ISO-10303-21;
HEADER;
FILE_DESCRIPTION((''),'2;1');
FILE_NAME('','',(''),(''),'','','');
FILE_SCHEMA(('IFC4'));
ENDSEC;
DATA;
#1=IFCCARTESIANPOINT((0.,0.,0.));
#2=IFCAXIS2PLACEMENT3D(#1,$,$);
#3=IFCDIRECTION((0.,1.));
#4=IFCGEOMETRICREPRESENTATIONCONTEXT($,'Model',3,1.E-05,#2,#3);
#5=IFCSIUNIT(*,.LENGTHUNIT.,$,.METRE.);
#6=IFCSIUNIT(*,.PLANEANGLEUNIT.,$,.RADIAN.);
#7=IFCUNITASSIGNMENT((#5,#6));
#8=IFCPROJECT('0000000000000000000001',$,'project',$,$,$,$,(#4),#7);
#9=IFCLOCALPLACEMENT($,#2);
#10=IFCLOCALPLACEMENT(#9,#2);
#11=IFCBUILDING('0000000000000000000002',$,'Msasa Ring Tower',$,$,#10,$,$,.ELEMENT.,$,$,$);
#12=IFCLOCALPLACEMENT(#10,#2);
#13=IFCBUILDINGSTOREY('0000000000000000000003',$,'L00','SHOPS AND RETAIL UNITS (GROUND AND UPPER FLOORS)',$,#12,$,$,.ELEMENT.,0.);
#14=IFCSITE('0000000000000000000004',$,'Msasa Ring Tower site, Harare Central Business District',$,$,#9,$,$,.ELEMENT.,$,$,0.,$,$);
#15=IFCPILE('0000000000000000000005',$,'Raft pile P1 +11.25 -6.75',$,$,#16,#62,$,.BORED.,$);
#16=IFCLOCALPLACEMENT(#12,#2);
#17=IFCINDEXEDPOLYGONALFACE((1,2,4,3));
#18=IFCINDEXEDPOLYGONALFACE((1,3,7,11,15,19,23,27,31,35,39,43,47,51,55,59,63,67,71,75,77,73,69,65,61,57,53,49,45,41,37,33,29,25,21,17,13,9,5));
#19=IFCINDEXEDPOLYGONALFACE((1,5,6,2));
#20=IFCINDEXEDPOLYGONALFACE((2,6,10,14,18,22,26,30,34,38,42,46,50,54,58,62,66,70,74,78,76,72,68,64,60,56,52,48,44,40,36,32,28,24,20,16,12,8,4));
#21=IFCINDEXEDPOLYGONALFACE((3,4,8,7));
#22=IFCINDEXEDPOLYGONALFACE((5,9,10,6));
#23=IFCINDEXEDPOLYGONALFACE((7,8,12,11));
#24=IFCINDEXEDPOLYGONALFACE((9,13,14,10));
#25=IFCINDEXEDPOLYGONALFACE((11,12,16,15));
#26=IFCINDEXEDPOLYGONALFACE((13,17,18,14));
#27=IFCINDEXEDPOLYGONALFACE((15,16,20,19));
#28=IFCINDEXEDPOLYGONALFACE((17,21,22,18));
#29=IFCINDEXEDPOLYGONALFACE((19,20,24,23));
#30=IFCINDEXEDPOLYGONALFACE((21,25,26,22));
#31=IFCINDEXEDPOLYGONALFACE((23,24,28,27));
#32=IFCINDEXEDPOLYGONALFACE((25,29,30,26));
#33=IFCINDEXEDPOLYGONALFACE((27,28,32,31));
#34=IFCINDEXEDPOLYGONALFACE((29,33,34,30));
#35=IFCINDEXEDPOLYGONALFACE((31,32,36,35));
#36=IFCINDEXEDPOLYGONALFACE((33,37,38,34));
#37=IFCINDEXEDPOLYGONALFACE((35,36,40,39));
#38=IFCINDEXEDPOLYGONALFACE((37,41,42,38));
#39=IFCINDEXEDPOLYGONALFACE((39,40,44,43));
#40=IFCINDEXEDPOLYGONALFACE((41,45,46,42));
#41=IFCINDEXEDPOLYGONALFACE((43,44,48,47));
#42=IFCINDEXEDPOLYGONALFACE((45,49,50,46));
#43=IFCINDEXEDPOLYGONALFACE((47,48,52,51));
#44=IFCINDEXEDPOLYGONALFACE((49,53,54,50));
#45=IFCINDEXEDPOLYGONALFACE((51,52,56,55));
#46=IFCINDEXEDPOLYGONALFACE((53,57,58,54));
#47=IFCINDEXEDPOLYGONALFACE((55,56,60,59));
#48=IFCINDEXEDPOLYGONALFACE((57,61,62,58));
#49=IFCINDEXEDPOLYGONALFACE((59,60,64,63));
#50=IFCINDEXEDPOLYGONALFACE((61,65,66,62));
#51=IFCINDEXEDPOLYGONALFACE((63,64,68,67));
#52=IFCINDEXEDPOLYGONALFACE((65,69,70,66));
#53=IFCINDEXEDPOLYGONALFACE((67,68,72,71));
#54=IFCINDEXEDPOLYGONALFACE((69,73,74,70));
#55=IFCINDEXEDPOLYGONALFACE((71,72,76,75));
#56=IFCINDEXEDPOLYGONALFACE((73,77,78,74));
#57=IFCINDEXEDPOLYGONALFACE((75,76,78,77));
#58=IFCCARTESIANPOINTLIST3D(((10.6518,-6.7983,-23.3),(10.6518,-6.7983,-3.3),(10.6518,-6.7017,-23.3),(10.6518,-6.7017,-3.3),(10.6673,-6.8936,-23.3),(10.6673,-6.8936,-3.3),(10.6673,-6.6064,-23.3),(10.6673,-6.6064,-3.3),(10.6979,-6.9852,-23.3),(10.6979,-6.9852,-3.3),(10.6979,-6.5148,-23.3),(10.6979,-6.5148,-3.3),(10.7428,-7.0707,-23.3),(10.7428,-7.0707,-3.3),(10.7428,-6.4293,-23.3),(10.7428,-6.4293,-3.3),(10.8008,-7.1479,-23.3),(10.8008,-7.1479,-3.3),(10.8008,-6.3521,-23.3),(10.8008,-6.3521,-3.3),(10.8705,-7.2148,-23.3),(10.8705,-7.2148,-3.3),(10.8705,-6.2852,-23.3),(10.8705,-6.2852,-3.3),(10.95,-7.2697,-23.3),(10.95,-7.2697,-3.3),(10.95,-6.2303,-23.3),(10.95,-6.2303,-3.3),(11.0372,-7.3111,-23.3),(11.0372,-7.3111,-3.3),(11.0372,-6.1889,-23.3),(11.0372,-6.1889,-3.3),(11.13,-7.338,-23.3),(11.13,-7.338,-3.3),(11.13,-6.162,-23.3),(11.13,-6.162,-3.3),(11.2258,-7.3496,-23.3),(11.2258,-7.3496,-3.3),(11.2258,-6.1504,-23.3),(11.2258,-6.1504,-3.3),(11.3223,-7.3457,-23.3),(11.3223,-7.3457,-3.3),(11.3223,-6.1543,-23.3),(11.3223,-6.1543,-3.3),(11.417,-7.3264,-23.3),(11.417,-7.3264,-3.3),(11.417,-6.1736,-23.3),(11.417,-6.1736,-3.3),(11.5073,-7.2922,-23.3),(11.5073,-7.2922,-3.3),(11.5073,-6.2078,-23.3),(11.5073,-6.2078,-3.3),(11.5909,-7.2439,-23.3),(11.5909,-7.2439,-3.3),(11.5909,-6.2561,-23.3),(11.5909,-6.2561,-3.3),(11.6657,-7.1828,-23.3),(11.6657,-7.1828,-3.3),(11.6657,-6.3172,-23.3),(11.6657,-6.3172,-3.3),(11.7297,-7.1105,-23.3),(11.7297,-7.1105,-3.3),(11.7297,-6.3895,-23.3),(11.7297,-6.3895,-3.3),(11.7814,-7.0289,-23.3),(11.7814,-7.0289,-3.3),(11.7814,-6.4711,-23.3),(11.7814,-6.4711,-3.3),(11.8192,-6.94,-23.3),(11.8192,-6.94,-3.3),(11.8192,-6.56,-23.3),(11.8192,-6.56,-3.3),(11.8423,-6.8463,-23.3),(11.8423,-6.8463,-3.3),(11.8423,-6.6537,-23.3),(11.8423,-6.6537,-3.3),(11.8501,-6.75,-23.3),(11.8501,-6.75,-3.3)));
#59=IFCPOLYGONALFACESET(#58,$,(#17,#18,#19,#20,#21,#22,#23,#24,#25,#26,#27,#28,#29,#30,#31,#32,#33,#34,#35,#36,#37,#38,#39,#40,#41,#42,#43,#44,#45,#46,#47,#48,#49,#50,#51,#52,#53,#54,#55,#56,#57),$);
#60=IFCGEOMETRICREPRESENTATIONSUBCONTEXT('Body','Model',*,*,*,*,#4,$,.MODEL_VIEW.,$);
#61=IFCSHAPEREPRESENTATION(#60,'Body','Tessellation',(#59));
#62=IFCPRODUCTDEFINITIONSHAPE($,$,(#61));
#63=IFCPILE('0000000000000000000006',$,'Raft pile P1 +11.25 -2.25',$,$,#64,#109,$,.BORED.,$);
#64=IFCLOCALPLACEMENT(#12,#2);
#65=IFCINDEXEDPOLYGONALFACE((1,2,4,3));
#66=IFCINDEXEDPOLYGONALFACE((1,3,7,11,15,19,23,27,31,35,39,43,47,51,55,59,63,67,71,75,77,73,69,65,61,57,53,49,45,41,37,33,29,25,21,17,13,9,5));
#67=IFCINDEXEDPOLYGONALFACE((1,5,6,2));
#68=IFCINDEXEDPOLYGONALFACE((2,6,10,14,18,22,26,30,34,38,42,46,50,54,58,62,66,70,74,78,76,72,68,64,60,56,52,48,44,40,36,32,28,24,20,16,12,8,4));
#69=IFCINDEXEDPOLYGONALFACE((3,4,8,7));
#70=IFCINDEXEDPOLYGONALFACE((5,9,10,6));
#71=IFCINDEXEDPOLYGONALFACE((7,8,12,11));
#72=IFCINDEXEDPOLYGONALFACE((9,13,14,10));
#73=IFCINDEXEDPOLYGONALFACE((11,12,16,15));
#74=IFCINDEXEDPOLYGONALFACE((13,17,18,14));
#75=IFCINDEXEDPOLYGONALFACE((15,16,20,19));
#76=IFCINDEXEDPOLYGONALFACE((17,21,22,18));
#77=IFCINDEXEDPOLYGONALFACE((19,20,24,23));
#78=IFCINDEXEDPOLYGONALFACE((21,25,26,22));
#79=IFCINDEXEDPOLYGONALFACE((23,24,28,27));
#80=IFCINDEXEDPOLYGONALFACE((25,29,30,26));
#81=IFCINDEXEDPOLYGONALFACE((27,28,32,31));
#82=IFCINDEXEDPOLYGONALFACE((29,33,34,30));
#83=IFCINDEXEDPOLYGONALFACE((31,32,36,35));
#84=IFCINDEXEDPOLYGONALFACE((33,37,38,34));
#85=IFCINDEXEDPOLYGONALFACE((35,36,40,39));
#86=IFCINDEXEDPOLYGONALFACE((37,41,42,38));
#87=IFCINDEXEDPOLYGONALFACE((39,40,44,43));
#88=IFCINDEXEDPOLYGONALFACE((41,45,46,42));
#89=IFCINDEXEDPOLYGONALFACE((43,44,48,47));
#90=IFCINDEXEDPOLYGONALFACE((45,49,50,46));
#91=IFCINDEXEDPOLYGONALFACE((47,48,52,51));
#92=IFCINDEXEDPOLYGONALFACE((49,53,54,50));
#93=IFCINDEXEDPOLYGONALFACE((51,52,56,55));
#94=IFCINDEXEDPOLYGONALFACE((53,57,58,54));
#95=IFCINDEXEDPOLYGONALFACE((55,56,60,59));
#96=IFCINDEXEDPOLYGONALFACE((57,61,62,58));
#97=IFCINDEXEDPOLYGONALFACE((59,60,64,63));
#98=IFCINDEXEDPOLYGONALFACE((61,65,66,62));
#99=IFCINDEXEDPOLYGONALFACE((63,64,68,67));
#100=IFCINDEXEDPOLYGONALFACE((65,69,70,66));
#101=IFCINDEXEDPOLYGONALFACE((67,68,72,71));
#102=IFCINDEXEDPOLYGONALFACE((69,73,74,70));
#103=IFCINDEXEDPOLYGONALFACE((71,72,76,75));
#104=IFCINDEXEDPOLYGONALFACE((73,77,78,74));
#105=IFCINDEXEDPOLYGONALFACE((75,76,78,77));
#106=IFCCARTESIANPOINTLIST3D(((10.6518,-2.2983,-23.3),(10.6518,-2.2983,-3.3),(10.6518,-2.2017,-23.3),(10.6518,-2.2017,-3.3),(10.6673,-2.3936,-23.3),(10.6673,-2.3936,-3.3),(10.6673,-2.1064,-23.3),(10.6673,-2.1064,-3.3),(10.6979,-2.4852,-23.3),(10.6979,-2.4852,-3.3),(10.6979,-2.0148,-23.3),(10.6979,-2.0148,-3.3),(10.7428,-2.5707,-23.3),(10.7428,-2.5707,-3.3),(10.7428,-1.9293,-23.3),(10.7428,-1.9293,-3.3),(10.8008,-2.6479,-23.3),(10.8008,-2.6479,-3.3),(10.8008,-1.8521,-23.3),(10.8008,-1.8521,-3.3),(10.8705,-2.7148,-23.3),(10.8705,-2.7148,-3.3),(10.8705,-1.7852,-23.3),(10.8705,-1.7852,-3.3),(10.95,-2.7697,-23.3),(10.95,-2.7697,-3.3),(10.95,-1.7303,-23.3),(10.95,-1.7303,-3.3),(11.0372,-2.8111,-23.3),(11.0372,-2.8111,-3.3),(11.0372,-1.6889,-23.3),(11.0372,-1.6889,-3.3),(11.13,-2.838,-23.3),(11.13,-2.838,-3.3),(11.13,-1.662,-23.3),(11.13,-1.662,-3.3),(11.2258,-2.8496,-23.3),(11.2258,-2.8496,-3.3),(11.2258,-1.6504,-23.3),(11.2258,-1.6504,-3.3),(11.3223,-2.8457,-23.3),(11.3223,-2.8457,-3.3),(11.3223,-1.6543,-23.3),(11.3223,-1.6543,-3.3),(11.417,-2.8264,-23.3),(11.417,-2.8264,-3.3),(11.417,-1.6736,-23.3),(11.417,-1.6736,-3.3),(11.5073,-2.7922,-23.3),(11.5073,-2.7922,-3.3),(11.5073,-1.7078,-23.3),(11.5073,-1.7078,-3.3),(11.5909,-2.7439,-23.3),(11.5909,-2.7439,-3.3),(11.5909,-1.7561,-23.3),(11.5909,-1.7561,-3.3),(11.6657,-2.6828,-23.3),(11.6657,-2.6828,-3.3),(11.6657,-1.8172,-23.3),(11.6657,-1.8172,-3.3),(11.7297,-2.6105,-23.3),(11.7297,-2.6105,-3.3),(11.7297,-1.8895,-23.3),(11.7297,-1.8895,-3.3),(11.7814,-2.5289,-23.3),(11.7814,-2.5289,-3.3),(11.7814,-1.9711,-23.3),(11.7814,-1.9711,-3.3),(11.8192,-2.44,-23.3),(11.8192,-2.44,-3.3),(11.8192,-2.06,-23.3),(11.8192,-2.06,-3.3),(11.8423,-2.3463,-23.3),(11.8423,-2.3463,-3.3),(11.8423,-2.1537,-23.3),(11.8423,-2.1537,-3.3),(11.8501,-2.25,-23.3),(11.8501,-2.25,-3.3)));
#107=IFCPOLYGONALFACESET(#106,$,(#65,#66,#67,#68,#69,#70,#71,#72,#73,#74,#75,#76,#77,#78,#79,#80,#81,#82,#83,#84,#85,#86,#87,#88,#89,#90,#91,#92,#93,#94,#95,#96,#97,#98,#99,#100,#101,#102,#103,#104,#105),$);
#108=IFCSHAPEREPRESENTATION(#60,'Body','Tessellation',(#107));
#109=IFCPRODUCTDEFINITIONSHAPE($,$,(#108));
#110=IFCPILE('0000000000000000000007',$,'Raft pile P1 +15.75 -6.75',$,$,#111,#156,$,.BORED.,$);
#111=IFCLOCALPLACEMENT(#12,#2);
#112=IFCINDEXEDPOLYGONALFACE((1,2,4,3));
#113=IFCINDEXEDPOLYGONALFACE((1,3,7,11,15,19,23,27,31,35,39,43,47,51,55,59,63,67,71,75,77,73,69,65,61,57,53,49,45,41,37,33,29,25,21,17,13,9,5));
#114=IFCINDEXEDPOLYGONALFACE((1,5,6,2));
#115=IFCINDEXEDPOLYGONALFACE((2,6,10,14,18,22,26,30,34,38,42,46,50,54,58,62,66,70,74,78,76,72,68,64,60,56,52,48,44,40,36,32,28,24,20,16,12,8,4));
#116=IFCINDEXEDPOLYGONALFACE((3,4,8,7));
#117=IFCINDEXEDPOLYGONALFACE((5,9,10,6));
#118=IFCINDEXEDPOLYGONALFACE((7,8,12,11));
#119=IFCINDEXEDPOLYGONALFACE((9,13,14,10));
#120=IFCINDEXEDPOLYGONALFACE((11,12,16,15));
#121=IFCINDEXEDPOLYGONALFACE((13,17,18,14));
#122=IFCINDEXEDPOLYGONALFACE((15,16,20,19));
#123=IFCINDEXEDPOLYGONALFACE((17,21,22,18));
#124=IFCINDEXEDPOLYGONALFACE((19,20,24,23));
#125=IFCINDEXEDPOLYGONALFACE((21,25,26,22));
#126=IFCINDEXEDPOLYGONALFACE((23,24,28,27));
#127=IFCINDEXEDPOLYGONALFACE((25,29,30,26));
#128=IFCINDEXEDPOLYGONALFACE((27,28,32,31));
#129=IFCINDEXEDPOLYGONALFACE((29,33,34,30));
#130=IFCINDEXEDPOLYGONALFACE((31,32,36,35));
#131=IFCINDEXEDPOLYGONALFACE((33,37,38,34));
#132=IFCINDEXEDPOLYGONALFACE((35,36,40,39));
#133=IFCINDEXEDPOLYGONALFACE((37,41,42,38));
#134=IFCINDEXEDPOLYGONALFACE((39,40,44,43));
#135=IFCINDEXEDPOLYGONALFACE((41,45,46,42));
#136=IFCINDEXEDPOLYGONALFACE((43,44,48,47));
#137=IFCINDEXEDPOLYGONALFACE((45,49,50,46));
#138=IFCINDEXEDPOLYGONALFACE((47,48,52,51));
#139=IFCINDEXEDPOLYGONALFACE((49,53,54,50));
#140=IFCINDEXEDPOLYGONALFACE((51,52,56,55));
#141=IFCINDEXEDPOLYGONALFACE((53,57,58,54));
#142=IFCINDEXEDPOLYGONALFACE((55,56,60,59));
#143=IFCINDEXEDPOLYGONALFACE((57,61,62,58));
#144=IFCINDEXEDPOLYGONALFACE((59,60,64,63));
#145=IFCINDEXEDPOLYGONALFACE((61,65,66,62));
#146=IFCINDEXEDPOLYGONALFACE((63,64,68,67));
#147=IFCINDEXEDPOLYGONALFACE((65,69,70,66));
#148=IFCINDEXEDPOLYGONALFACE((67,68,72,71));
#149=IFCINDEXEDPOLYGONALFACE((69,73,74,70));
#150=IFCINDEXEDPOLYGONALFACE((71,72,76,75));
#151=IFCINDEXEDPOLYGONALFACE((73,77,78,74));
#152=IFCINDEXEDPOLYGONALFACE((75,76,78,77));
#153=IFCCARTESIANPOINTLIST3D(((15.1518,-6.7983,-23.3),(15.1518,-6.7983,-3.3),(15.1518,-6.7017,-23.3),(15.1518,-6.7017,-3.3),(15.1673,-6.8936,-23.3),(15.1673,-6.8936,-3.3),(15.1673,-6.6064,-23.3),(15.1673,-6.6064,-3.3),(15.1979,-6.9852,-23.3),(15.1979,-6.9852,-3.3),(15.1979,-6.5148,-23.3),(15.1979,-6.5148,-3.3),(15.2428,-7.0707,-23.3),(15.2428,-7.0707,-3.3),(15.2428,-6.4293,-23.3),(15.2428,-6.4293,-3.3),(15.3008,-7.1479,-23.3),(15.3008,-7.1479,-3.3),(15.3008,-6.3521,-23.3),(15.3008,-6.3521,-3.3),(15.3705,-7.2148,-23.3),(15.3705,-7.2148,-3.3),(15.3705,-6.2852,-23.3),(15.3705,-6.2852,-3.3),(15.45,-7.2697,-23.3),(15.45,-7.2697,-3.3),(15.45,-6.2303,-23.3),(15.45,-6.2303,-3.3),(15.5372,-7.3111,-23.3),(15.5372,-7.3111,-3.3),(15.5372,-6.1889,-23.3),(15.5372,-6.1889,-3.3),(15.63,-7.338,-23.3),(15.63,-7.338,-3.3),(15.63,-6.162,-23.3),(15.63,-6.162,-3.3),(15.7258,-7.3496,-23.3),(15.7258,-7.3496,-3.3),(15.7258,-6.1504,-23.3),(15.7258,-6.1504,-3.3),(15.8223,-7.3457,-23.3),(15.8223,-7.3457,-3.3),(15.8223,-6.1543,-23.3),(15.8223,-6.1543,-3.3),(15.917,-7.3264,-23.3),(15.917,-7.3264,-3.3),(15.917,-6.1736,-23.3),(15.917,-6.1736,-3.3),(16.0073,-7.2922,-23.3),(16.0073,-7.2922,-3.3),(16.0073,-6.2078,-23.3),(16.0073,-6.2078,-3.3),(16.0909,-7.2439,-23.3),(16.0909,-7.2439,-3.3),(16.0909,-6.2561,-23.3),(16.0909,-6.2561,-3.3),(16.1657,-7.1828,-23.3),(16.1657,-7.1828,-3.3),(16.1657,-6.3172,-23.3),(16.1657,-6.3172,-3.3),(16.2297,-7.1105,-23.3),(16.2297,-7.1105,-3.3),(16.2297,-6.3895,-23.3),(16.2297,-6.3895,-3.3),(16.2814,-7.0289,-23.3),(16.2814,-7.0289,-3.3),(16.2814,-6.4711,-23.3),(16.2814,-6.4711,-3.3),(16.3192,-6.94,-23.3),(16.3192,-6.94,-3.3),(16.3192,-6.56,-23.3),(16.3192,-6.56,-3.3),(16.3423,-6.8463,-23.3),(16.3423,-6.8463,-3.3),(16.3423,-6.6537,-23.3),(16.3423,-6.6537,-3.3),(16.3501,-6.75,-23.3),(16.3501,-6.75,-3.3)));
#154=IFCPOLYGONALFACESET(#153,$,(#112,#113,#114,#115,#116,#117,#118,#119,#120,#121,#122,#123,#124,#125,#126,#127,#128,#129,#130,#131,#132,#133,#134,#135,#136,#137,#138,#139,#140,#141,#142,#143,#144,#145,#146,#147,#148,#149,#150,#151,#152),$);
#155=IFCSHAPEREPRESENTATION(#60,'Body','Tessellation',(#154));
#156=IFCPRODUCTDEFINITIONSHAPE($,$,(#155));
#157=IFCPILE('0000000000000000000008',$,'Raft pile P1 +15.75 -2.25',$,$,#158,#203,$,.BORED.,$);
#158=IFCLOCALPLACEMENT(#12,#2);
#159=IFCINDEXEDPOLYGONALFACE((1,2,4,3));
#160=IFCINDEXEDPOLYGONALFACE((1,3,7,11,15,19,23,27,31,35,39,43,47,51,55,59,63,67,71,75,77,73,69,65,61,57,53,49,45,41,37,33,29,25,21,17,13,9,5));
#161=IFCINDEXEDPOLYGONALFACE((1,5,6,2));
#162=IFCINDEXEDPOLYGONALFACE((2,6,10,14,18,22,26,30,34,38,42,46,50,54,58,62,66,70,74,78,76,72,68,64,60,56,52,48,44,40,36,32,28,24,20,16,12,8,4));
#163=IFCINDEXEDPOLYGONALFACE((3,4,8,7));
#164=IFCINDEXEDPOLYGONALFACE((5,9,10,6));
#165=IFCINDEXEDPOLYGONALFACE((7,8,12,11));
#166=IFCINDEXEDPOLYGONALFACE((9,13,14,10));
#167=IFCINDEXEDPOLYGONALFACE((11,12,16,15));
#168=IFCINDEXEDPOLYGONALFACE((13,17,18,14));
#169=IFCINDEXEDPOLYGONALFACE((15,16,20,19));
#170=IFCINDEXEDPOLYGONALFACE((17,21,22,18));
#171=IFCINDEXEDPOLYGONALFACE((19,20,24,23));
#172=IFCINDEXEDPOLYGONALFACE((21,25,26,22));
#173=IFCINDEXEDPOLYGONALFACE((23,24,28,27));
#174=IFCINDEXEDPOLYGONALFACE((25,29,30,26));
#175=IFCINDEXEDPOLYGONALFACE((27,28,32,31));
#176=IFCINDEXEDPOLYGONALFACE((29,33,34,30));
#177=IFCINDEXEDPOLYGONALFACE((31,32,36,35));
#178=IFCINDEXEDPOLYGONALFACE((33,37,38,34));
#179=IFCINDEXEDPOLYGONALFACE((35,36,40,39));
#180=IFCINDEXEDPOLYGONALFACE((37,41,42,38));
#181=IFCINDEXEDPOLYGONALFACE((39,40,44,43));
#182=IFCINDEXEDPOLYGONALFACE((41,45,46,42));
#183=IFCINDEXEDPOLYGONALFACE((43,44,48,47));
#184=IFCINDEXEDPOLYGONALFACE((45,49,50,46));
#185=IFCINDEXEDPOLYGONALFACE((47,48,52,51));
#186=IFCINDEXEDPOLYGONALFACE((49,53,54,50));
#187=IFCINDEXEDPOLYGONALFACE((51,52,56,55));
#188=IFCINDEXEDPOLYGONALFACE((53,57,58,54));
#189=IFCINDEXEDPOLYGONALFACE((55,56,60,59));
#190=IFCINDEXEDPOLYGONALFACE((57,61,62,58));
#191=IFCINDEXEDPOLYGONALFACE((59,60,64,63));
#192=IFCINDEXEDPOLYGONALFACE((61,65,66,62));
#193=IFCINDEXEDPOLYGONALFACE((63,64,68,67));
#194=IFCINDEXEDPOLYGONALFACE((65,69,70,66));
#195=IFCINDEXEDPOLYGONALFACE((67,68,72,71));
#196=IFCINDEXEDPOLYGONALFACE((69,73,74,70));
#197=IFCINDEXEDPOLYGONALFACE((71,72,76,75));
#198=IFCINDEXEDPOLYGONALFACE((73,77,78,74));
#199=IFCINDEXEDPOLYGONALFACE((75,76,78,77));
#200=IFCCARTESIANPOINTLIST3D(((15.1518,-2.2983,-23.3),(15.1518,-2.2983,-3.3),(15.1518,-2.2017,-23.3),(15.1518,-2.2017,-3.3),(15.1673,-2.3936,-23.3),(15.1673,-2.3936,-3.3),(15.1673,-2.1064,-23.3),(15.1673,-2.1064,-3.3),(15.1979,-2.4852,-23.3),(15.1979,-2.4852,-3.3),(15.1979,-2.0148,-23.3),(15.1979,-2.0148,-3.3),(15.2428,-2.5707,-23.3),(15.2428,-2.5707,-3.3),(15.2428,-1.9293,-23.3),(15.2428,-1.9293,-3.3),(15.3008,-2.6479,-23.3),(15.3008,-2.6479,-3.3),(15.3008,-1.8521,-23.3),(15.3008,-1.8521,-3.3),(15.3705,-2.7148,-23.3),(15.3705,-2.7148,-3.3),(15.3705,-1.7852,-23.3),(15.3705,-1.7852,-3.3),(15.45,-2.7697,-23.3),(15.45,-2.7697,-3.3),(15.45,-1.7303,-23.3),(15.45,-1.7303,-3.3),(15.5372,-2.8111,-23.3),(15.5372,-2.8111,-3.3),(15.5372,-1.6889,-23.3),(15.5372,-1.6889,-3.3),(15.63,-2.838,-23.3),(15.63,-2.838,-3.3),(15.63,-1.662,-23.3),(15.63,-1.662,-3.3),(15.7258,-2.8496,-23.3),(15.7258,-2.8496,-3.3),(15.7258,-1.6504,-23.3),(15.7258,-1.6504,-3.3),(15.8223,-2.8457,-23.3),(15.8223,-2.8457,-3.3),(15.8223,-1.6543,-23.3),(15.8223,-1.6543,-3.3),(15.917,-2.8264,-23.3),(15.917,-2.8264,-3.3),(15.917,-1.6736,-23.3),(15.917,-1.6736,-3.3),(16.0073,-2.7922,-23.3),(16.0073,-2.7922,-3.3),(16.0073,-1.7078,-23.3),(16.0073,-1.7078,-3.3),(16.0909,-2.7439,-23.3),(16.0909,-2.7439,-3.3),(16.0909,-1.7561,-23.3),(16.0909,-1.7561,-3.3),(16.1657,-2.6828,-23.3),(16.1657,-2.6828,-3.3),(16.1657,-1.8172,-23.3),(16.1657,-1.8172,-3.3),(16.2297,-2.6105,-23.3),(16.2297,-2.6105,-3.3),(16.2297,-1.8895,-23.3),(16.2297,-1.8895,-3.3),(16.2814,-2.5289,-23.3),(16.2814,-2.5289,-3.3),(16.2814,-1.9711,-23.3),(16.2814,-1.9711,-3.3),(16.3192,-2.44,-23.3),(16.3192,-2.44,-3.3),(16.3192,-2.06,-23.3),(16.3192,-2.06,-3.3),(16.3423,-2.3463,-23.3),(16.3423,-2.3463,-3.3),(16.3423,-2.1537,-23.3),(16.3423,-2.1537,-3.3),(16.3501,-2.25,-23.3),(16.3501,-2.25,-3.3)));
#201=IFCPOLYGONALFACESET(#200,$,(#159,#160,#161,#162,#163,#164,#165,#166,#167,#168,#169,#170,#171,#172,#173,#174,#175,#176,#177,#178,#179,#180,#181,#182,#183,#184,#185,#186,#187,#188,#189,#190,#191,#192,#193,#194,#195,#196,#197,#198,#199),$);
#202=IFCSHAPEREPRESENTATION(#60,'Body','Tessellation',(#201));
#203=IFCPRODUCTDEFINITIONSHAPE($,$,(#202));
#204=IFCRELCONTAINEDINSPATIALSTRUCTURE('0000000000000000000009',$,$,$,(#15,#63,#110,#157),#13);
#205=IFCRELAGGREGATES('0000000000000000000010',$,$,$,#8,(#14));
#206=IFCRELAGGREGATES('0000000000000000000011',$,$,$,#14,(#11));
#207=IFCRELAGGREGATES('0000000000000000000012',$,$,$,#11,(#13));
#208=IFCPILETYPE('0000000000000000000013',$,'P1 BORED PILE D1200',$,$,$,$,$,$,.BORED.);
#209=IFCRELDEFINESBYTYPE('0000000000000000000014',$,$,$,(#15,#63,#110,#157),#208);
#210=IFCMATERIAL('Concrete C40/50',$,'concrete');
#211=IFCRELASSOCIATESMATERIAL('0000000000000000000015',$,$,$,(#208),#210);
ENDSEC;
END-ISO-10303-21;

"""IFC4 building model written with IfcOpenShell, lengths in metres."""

from ifc_helpers import new_model, si_unit, direction, frame, origin, origin_2d, place, context, subcontext, project, spatial, circle, extrude, material, material_profile, profile_set, type_object, element, save


model = new_model("IFC4")

# Units and contexts
model_context = context("Model", 3, precision=1e-05, world=origin(), true_north=direction((0.0, 1.0)))
body_context = subcontext(model_context, "Body", "Model", "MODEL_VIEW")
ifc_project = project(units=[si_unit("LENGTHUNIT", "METRE"), si_unit("PLANEANGLEUNIT", "RADIAN")], contexts=[model_context])

# Site, building, storey
site_placement = place(None, origin())
site = spatial("IfcSite", under=ifc_project, at=site_placement, Name="Msasa Ring Tower site, Harare Central Business District", CompositionType="ELEMENT", RefElevation=0.0)
building_placement = place(site_placement, origin())
building = spatial("IfcBuilding", under=site, at=building_placement, Name="Msasa Ring Tower", CompositionType="ELEMENT")
storey_placement = place(building_placement, origin())
storey = spatial("IfcBuildingStorey", under=building, at=storey_placement, Name="L00", Description="SHOPS AND RETAIL UNITS (GROUND AND UPPER FLOORS)", CompositionType="ELEMENT", Elevation=0.0)

# Piles
ifc_material_1 = material(Name="Concrete C40/50", Category="concrete")
ifc_material_profile = material_profile(ifc_material_1, circle(Radius=0.6001, at=origin_2d()), Name="D1200")
ifc_profile_set = profile_set([ifc_material_profile], Name="Concrete C40/50")
pile_type = type_object("IfcPileType", Name="P1 BORED PILE D1200", PredefinedType="BORED", material=ifc_profile_set)
for number, where, z_axis, x_axis, name in (
    (1, (11.25, -6.75, -3.3), (0.0, 0.0, -1.0), (1.0, 0.0, 0.0), "Raft pile P1 +11.25 -6.75"),
    (2, (11.25, -2.25, -3.3), (0.0, 0.0, -1.0), (1.0, 0.0, 0.0), "Raft pile P1 +11.25 -2.25"),
    (3, (15.75, -6.75, -3.3), (0.0, 0.0, -1.0), (1.0, 0.0, 0.0), "Raft pile P1 +15.75 -6.75"),
    (4, (15.75, -2.25, -3.3), (0.0, 0.0, -1.0), (1.0, 0.0, 0.0), "Raft pile P1 +15.75 -2.25"),
):
    element("IfcPile", number, at=place(storey_placement, frame(where, z_axis=z_axis, x_axis=x_axis)), inside=storey, type_object=pile_type, Name=name, PredefinedType="BORED", context=body_context, shape_type="SweptSolid", body=[
        extrude(circle(Radius=0.6001, at=origin_2d()), origin(), (0.0, 0.0, 1.0), 20.0),
    ])

save(model, "model.ifc")
